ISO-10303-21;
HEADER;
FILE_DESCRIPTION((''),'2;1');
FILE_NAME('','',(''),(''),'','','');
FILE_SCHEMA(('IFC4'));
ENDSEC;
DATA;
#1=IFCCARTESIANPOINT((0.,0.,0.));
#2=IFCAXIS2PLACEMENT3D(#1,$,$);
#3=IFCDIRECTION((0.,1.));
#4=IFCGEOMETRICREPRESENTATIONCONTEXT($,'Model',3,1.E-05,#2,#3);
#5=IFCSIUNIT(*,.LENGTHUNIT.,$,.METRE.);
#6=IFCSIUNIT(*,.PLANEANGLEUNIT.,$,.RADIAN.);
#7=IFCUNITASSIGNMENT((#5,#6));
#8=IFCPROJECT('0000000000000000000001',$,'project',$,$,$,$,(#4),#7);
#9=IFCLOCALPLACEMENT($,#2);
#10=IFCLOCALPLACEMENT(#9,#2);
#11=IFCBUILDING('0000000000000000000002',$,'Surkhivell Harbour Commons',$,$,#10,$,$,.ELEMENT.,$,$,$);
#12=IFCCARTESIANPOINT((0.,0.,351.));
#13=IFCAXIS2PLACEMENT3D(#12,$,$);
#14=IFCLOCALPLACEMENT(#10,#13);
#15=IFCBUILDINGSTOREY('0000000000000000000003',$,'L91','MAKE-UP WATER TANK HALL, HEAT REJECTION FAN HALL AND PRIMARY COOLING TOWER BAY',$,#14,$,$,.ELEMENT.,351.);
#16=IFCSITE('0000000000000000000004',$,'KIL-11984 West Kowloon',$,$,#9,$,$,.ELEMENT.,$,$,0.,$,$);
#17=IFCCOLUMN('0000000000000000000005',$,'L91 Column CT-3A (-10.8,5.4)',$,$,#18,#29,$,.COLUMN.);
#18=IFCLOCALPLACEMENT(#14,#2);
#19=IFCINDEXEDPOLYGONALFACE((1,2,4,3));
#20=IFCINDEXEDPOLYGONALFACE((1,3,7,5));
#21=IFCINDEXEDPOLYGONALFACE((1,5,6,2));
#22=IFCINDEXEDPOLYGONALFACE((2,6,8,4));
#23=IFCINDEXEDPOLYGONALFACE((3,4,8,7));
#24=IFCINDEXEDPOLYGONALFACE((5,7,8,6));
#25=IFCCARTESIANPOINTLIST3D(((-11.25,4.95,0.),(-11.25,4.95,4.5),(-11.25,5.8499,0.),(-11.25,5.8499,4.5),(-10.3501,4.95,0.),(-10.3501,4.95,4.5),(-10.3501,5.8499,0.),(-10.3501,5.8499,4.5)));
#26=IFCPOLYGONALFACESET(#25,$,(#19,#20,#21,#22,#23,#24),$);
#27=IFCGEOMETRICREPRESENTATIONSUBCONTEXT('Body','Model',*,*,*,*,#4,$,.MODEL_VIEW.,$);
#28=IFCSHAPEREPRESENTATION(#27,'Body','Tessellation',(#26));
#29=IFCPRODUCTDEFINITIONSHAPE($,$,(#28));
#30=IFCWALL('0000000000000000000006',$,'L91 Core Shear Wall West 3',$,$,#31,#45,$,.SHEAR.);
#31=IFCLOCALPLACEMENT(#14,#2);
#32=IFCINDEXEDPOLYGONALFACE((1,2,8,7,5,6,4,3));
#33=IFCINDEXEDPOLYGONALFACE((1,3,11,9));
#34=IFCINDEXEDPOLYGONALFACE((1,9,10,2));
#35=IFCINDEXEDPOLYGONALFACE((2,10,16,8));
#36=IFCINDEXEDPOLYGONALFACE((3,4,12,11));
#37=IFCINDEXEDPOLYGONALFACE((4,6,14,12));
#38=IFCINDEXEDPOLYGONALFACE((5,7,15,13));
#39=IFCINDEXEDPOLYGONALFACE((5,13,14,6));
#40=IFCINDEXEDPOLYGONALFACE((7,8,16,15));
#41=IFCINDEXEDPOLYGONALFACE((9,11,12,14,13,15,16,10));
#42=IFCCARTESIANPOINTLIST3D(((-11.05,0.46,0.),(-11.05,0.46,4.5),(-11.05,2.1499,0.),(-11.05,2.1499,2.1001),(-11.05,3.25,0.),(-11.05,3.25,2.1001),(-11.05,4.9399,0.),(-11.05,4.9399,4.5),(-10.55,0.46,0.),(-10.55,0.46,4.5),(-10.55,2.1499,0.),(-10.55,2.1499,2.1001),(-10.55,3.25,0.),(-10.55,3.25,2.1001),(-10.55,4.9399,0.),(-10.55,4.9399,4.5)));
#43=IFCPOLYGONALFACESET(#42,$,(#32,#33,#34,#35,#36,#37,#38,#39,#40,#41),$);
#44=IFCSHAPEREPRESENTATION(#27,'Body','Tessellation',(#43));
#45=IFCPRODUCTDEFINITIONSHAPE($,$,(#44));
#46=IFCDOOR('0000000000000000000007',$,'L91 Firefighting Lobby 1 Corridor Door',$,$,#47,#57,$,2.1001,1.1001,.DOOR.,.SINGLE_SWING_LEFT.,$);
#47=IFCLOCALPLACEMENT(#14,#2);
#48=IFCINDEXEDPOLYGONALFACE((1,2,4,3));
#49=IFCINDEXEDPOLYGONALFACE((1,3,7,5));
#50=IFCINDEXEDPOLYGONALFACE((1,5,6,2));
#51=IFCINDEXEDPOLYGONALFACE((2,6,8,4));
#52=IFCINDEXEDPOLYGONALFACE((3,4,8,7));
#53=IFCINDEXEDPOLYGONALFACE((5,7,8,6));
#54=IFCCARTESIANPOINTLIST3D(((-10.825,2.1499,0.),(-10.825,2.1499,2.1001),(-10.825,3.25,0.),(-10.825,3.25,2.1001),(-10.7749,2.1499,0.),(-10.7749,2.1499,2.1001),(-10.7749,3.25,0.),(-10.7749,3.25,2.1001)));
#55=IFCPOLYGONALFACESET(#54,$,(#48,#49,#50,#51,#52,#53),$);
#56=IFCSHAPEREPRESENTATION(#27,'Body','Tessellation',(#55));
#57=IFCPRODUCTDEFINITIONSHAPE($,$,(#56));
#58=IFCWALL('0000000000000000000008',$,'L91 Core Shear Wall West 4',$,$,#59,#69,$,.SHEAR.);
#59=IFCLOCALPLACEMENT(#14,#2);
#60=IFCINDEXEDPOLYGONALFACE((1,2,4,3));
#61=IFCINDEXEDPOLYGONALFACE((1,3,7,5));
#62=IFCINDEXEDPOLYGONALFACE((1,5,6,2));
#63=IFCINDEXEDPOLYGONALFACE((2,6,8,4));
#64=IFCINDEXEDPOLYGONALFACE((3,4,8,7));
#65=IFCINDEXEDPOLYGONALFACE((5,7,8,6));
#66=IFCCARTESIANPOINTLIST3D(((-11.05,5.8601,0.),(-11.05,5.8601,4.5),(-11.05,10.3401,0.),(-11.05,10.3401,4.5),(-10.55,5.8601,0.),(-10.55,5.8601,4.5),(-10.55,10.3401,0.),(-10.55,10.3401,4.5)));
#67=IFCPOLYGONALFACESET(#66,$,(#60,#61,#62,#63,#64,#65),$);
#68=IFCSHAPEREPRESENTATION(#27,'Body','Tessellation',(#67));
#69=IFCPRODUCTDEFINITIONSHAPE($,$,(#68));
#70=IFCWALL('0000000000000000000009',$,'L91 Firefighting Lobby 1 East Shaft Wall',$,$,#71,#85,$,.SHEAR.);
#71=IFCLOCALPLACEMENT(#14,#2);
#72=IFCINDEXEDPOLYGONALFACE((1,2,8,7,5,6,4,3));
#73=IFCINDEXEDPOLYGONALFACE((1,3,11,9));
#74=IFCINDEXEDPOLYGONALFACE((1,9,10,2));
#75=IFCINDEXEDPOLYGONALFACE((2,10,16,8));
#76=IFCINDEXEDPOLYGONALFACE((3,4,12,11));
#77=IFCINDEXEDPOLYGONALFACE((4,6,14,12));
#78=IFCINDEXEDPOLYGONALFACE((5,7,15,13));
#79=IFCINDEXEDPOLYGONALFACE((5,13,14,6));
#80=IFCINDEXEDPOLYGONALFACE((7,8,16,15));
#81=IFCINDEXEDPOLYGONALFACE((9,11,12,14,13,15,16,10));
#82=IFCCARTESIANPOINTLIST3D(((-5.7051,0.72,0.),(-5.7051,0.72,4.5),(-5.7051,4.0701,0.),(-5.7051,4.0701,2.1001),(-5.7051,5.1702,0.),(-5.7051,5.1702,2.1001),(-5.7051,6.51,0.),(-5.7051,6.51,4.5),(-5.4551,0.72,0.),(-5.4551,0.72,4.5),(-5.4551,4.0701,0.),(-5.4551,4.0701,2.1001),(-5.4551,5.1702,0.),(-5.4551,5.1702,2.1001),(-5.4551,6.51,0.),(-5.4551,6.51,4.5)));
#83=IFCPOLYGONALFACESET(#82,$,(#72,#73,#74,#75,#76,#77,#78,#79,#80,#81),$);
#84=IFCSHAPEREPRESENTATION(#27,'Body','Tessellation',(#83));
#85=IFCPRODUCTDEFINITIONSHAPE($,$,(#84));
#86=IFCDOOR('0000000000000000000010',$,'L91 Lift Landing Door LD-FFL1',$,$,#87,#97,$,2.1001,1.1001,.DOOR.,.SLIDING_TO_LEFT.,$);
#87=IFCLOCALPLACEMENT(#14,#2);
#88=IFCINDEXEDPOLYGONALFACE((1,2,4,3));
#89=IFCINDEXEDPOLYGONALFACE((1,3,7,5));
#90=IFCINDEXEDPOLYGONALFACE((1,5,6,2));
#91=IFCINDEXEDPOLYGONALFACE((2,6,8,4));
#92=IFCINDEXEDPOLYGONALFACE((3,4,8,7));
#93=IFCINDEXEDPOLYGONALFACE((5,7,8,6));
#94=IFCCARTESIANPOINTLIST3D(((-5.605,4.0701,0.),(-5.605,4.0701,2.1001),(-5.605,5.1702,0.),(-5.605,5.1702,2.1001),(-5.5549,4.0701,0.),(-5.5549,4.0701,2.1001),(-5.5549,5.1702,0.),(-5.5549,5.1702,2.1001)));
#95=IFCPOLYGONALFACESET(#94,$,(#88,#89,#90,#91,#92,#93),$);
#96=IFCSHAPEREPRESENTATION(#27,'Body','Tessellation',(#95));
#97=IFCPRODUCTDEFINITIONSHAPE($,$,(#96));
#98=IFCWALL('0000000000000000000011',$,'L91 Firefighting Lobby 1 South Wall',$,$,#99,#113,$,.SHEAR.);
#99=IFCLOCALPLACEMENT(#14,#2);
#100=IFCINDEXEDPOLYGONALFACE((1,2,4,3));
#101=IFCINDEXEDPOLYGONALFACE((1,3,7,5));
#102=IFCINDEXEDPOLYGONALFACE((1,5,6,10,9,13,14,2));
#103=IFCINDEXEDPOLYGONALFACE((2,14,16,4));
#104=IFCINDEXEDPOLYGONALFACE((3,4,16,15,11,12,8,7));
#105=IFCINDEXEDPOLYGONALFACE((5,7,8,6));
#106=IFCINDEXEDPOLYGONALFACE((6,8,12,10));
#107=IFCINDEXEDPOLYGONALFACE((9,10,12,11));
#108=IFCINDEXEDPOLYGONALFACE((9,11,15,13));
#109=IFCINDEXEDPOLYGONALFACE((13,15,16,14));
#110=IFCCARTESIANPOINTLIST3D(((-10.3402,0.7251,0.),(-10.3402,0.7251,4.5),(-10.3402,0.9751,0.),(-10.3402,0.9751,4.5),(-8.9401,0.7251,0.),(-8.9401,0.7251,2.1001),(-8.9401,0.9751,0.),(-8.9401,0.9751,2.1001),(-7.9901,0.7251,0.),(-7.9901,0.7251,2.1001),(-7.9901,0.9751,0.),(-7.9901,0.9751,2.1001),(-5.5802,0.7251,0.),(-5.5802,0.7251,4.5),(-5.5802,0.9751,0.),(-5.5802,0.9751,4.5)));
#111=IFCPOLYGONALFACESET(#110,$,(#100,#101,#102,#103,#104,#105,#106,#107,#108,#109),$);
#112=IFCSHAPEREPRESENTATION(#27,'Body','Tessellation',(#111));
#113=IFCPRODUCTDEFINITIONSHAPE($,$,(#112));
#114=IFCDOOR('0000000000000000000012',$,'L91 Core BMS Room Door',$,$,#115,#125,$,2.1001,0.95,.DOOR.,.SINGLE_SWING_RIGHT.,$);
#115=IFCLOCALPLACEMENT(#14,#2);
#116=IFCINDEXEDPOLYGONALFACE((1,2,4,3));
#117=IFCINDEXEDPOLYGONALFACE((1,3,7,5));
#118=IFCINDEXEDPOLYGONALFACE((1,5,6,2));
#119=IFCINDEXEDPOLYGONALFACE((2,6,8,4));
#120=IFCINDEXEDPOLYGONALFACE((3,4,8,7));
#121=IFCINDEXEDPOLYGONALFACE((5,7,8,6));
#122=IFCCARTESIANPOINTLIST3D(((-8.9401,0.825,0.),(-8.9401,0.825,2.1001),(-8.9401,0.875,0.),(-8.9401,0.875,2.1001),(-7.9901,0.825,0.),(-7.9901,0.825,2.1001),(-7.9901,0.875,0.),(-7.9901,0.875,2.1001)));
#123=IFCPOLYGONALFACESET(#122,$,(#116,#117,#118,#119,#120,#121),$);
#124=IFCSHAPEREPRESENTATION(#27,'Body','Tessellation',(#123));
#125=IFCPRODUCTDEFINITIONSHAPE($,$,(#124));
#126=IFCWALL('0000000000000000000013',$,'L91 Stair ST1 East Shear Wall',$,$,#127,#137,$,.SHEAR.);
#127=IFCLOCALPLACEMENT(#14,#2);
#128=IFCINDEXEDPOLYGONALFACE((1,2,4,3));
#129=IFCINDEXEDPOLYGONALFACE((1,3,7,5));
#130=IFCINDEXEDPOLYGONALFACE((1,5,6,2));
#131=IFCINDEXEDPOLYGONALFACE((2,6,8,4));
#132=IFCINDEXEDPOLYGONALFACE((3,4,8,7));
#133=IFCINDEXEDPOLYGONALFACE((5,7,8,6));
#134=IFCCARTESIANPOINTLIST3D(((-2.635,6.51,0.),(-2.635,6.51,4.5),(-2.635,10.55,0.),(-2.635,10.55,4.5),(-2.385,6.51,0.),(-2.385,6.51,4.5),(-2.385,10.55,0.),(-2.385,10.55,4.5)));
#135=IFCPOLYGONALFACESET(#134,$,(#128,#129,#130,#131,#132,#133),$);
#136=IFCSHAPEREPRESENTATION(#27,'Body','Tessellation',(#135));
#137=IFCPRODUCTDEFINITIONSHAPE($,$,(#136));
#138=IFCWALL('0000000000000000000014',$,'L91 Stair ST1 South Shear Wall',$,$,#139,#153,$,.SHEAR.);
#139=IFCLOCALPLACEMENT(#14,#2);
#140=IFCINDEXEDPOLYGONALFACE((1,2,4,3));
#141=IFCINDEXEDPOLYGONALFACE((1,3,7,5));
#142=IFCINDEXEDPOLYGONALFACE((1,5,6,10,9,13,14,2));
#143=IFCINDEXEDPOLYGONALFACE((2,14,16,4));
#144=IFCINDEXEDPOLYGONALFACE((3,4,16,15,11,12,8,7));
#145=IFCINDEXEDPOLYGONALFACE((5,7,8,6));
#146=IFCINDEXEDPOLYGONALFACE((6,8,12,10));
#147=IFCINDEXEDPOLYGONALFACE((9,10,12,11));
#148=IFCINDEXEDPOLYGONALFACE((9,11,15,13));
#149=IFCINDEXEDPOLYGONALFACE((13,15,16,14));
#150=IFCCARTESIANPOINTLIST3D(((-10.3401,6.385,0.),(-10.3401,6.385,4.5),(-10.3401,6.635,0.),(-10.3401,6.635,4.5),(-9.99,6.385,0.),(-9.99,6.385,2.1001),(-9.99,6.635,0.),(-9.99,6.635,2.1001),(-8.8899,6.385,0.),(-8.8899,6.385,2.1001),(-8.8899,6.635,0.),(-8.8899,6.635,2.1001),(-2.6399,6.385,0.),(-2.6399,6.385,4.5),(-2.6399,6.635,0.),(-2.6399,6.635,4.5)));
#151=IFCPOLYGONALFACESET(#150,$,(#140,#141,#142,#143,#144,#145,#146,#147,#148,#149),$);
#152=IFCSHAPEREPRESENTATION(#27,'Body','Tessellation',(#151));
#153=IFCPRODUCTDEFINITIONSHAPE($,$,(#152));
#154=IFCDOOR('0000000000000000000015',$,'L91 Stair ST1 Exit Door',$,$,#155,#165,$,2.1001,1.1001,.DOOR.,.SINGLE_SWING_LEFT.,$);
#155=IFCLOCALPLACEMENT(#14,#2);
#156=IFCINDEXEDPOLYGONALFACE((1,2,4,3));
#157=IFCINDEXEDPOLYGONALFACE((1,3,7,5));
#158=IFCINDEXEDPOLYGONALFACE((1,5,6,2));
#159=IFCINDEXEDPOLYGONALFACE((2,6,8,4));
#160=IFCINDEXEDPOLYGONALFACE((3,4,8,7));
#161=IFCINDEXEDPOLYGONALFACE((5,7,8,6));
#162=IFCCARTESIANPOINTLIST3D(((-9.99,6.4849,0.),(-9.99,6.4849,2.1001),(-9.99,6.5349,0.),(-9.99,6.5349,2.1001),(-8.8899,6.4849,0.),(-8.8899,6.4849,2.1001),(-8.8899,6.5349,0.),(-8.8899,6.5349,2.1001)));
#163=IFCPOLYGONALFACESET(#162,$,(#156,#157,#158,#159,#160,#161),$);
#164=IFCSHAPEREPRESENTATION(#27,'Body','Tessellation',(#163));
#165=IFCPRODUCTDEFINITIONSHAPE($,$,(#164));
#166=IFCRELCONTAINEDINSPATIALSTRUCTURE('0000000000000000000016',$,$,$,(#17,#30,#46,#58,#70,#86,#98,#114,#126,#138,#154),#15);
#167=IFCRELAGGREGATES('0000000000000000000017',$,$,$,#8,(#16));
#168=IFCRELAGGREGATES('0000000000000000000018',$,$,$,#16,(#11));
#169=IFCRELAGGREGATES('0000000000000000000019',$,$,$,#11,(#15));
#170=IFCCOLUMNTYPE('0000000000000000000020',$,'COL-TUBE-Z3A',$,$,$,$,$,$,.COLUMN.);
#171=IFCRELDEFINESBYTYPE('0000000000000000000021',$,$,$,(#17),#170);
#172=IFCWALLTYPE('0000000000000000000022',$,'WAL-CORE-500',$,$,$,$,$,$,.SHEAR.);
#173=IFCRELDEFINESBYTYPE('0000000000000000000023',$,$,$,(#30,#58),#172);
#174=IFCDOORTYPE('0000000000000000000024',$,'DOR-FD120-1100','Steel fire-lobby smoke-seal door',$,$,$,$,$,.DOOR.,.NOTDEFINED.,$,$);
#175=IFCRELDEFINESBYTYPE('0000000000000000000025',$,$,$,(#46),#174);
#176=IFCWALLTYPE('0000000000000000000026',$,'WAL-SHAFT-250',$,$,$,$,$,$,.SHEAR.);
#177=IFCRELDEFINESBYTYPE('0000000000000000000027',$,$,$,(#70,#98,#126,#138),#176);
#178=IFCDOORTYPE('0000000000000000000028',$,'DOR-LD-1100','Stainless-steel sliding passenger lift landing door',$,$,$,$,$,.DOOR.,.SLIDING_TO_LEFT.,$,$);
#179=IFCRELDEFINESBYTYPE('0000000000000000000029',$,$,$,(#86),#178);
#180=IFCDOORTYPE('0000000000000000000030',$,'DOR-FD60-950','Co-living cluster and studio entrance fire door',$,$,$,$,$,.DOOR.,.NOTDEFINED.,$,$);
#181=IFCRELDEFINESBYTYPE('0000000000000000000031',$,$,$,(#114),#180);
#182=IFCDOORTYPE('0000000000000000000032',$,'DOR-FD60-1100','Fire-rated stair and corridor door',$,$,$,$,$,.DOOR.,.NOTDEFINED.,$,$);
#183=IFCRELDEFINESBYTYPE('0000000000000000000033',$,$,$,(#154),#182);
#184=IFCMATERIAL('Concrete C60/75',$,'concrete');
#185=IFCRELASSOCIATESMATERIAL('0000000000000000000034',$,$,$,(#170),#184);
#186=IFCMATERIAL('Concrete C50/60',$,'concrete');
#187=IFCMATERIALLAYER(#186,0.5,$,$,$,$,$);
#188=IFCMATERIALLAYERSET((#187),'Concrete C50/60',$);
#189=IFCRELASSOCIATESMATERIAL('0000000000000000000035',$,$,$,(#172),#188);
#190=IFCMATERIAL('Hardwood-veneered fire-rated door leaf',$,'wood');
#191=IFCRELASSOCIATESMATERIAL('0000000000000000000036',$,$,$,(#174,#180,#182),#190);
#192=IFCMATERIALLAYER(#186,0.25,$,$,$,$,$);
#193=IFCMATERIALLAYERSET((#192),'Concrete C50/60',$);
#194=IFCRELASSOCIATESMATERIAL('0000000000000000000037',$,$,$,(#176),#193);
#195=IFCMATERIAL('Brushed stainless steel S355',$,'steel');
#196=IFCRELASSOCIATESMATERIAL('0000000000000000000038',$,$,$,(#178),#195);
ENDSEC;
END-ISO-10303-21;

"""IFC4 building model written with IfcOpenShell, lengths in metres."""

from ifc_helpers import new_model, si_unit, direction, frame, frame_2d, origin, origin_2d, place, context, subcontext, project, spatial, rectangle, extrude, material, layer, layer_set, material_profile, profile_set, type_object, element, fill, save


model = new_model("IFC4")

# Units and contexts
model_context = context("Model", 3, precision=1e-05, world=origin(), true_north=direction((0.0, 1.0)))
body_context = subcontext(model_context, "Body", "Model", "MODEL_VIEW")
ifc_project = project(units=[si_unit("LENGTHUNIT", "METRE"), si_unit("PLANEANGLEUNIT", "RADIAN")], contexts=[model_context])

# Site, building, storey
site_placement = place(None, origin())
site = spatial("IfcSite", under=ifc_project, at=site_placement, Name="KIL-11984 West Kowloon", CompositionType="ELEMENT", RefElevation=0.0)
building_placement = place(site_placement, origin())
building = spatial("IfcBuilding", under=site, at=building_placement, Name="Surkhivell Harbour Commons", CompositionType="ELEMENT")
storey_placement = place(building_placement, frame((0.0, 0.0, 351.0)))
storey = spatial("IfcBuildingStorey", under=building, at=storey_placement, Name="L91", Description="MAKE-UP WATER TANK HALL, HEAT REJECTION FAN HALL AND PRIMARY COOLING TOWER BAY", CompositionType="ELEMENT", Elevation=351.0)

# Column
ifc_material_1 = material(Name="Concrete C60/75", Category="concrete")
ifc_material_profile = material_profile(ifc_material_1, rectangle(XDim=0.8999, YDim=0.8999, at=origin_2d()), Name="RC-COL-900x900")
ifc_profile_set = profile_set([ifc_material_profile], Name="Concrete C60/75")
column_type = type_object("IfcColumnType", Name="COL-TUBE-Z3A", PredefinedType="COLUMN", material=ifc_profile_set)
column_placement = place(storey_placement, frame((-10.8, 5.3999, 0.0), z_axis=(0.0, 0.0, 1.0), x_axis=(1.0, 0.0, 0.0)))
element("IfcColumn", 1, at=column_placement, inside=storey, type_object=column_type, Name="L91 Column CT-3A (-10.8,5.4)", PredefinedType="COLUMN", context=body_context, shape_type="SweptSolid", body=[
    extrude(rectangle(XDim=0.8999, YDim=0.8999, at=origin_2d()), origin(), (0.0, 0.0, 1.0), 4.5),
])

# Wall, opening, door
ifc_material_2 = material(Name="Concrete C50/60", Category="concrete")
ifc_layer_1 = layer(ifc_material_2, 0.5)
ifc_layer_set_1 = layer_set([ifc_layer_1], Name="Concrete C50/60")
wall_type_1 = type_object("IfcWallType", Name="WAL-CORE-500", PredefinedType="SHEAR", material=ifc_layer_set_1)
wall_1_placement = place(storey_placement, frame((-10.8, 0.46, 0.0), z_axis=(0.0, 0.0, 1.0), x_axis=(0.0, 1.0, 0.0)))
wall_1 = element("IfcWall", 2, at=wall_1_placement, inside=storey, type_object=wall_type_1, Name="L91 Core Shear Wall West 3", PredefinedType="SHEAR", context=body_context, shape_type="SweptSolid", body=[
    extrude(rectangle(XDim=4.48, YDim=0.5, at=frame_2d((2.24, 0.0))), origin(), (0.0, 0.0, 1.0), 4.5),
])
opening_1_placement = place(wall_1_placement, frame((1.6899, 0.0, 0.0)))
opening_1 = element("IfcOpeningElement", 3, at=opening_1_placement, cuts=wall_1, PredefinedType="OPENING", context=body_context, shape_type="SweptSolid", body=[
    extrude(rectangle(XDim=1.1001, YDim=2.1001, at=frame_2d((0.55, 1.05))), frame((0.0, 0.26, 0.0), z_axis=(0.0, -1.0, 0.0), x_axis=(1.0, 0.0, 0.0)), (0.0, 0.0, 1.0), 0.52),
])
ifc_material_3 = material(Name="Hardwood-veneered fire-rated door leaf", Category="wood")
door_type_1 = type_object("IfcDoorType", Name="DOR-FD120-1100", Description="Steel fire-lobby smoke-seal door", OperationType="NOTDEFINED", PredefinedType="DOOR", material=ifc_material_3)
door_1_placement = place(opening_1_placement, origin())
door_1 = element("IfcDoor", 4, at=door_1_placement, inside=storey, type_object=door_type_1, Name="L91 Firefighting Lobby 1 Corridor Door", OperationType="SINGLE_SWING_LEFT", OverallHeight=2.1001, OverallWidth=1.1001, PredefinedType="DOOR", context=body_context, shape_type="SweptSolid", body=[
    extrude(rectangle(XDim=1.1001, YDim=2.1001, at=frame_2d((0.55, 1.05))), frame((0.0, 0.0249, 0.0), z_axis=(0.0, -1.0, 0.0), x_axis=(1.0, 0.0, 0.0)), (0.0, 0.0, 1.0), 0.05),
])
fill(opening_1, door_1)

# Wall
wall_2_placement = place(storey_placement, frame((-10.8, 5.8601, 0.0), z_axis=(0.0, 0.0, 1.0), x_axis=(0.0, 1.0, 0.0)))
element("IfcWall", 5, at=wall_2_placement, inside=storey, type_object=wall_type_1, Name="L91 Core Shear Wall West 4", PredefinedType="SHEAR", context=body_context, shape_type="SweptSolid", body=[
    extrude(rectangle(XDim=4.48, YDim=0.5, at=frame_2d((2.24, 0.0))), origin(), (0.0, 0.0, 1.0), 4.5),
])

# Walls, openings, doors
ifc_layer_2 = layer(ifc_material_2, 0.25)
ifc_layer_set_2 = layer_set([ifc_layer_2], Name="Concrete C50/60")
wall_type_2 = type_object("IfcWallType", Name="WAL-SHAFT-250", PredefinedType="SHEAR", material=ifc_layer_set_2)
wall_3_placement = place(storey_placement, frame((-5.5801, 0.72, 0.0), z_axis=(0.0, 0.0, 1.0), x_axis=(0.0, 1.0, 0.0)))
wall_3 = element("IfcWall", 6, at=wall_3_placement, inside=storey, type_object=wall_type_2, Name="L91 Firefighting Lobby 1 East Shaft Wall", PredefinedType="SHEAR", context=body_context, shape_type="SweptSolid", body=[
    extrude(rectangle(XDim=5.79, YDim=0.25, at=frame_2d((2.895, 0.0))), origin(), (0.0, 0.0, 1.0), 4.5),
])
opening_2_placement = place(wall_3_placement, frame((3.3501, 0.0, 0.0)))
opening_2 = element("IfcOpeningElement", 7, at=opening_2_placement, cuts=wall_3, PredefinedType="OPENING", context=body_context, shape_type="SweptSolid", body=[
    extrude(rectangle(XDim=1.1001, YDim=2.1001, at=frame_2d((0.55, 1.05))), frame((0.0, 0.135, 0.0), z_axis=(0.0, -1.0, 0.0), x_axis=(1.0, 0.0, 0.0)), (0.0, 0.0, 1.0), 0.27),
])
ifc_material_4 = material(Name="Brushed stainless steel S355", Category="steel")
door_type_2 = type_object("IfcDoorType", Name="DOR-LD-1100", Description="Stainless-steel sliding passenger lift landing door", OperationType="SLIDING_TO_LEFT", PredefinedType="DOOR", material=ifc_material_4)
door_2_placement = place(opening_2_placement, origin())
door_2 = element("IfcDoor", 8, at=door_2_placement, inside=storey, type_object=door_type_2, Name="L91 Lift Landing Door LD-FFL1", OperationType="SLIDING_TO_LEFT", OverallHeight=2.1001, OverallWidth=1.1001, PredefinedType="DOOR", context=body_context, shape_type="SweptSolid", body=[
    extrude(rectangle(XDim=1.1001, YDim=2.1001, at=frame_2d((0.55, 1.05))), frame((0.0, 0.0249, 0.0), z_axis=(0.0, -1.0, 0.0), x_axis=(1.0, 0.0, 0.0)), (0.0, 0.0, 1.0), 0.05),
])
fill(opening_2, door_2)
wall_4_placement = place(storey_placement, frame((-10.3401, 0.8501, 0.0), z_axis=(0.0, 0.0, 1.0), x_axis=(1.0, 0.0, 0.0)))
wall_4 = element("IfcWall", 9, at=wall_4_placement, inside=storey, type_object=wall_type_2, Name="L91 Firefighting Lobby 1 South Wall", PredefinedType="SHEAR", context=body_context, shape_type="SweptSolid", body=[
    extrude(rectangle(XDim=4.76, YDim=0.25, at=frame_2d((2.3799, 0.0))), origin(), (0.0, 0.0, 1.0), 4.5),
])
opening_3_placement = place(wall_4_placement, frame((1.3999, 0.0, 0.0)))
opening_3 = element("IfcOpeningElement", 10, at=opening_3_placement, cuts=wall_4, PredefinedType="OPENING", context=body_context, shape_type="SweptSolid", body=[
    extrude(rectangle(XDim=0.95, YDim=2.1001, at=frame_2d((0.4751, 1.05))), frame((0.0, 0.135, 0.0), z_axis=(0.0, -1.0, 0.0), x_axis=(1.0, 0.0, 0.0)), (0.0, 0.0, 1.0), 0.27),
])
door_type_3 = type_object("IfcDoorType", Name="DOR-FD60-950", Description="Co-living cluster and studio entrance fire door", OperationType="NOTDEFINED", PredefinedType="DOOR", material=ifc_material_3)
door_3_placement = place(opening_3_placement, origin())
door_3 = element("IfcDoor", 11, at=door_3_placement, inside=storey, type_object=door_type_3, Name="L91 Core BMS Room Door", OperationType="SINGLE_SWING_RIGHT", OverallHeight=2.1001, OverallWidth=0.95, PredefinedType="DOOR", context=body_context, shape_type="SweptSolid", body=[
    extrude(rectangle(XDim=0.95, YDim=2.1001, at=frame_2d((0.4751, 1.05))), frame((0.0, 0.0249, 0.0), z_axis=(0.0, -1.0, 0.0), x_axis=(1.0, 0.0, 0.0)), (0.0, 0.0, 1.0), 0.05),
])
fill(opening_3, door_3)

# Wall
wall_5_placement = place(storey_placement, frame((-2.51, 6.51, 0.0), z_axis=(0.0, 0.0, 1.0), x_axis=(0.0, 1.0, 0.0)))
element("IfcWall", 12, at=wall_5_placement, inside=storey, type_object=wall_type_2, Name="L91 Stair ST1 East Shear Wall", PredefinedType="SHEAR", context=body_context, shape_type="SweptSolid", body=[
    extrude(rectangle(XDim=4.04, YDim=0.25, at=frame_2d((2.02, 0.0))), origin(), (0.0, 0.0, 1.0), 4.5),
])

# Wall, opening, door
wall_6_placement = place(storey_placement, frame((-10.3401, 6.51, 0.0), z_axis=(0.0, 0.0, 1.0), x_axis=(1.0, 0.0, 0.0)))
wall_6 = element("IfcWall", 13, at=wall_6_placement, inside=storey, type_object=wall_type_2, Name="L91 Stair ST1 South Shear Wall", PredefinedType="SHEAR", context=body_context, shape_type="SweptSolid", body=[
    extrude(rectangle(XDim=7.7002, YDim=0.25, at=frame_2d((3.8501, 0.0))), origin(), (0.0, 0.0, 1.0), 4.5),
])
opening_4_placement = place(wall_6_placement, frame((0.3501, 0.0, 0.0)))
opening_4 = element("IfcOpeningElement", 14, at=opening_4_placement, cuts=wall_6, PredefinedType="OPENING", context=body_context, shape_type="SweptSolid", body=[
    extrude(rectangle(XDim=1.1001, YDim=2.1001, at=frame_2d((0.55, 1.05))), frame((0.0, 0.135, 0.0), z_axis=(0.0, -1.0, 0.0), x_axis=(1.0, 0.0, 0.0)), (0.0, 0.0, 1.0), 0.27),
])
door_type_4 = type_object("IfcDoorType", Name="DOR-FD60-1100", Description="Fire-rated stair and corridor door", OperationType="NOTDEFINED", PredefinedType="DOOR", material=ifc_material_3)
door_4_placement = place(opening_4_placement, origin())
door_4 = element("IfcDoor", 15, at=door_4_placement, inside=storey, type_object=door_type_4, Name="L91 Stair ST1 Exit Door", OperationType="SINGLE_SWING_LEFT", OverallHeight=2.1001, OverallWidth=1.1001, PredefinedType="DOOR", context=body_context, shape_type="SweptSolid", body=[
    extrude(rectangle(XDim=1.1001, YDim=2.1001, at=frame_2d((0.55, 1.05))), frame((0.0, 0.0249, 0.0), z_axis=(0.0, -1.0, 0.0), x_axis=(1.0, 0.0, 0.0)), (0.0, 0.0, 1.0), 0.05),
])
fill(opening_4, door_4)

save(model, "model.ifc")
